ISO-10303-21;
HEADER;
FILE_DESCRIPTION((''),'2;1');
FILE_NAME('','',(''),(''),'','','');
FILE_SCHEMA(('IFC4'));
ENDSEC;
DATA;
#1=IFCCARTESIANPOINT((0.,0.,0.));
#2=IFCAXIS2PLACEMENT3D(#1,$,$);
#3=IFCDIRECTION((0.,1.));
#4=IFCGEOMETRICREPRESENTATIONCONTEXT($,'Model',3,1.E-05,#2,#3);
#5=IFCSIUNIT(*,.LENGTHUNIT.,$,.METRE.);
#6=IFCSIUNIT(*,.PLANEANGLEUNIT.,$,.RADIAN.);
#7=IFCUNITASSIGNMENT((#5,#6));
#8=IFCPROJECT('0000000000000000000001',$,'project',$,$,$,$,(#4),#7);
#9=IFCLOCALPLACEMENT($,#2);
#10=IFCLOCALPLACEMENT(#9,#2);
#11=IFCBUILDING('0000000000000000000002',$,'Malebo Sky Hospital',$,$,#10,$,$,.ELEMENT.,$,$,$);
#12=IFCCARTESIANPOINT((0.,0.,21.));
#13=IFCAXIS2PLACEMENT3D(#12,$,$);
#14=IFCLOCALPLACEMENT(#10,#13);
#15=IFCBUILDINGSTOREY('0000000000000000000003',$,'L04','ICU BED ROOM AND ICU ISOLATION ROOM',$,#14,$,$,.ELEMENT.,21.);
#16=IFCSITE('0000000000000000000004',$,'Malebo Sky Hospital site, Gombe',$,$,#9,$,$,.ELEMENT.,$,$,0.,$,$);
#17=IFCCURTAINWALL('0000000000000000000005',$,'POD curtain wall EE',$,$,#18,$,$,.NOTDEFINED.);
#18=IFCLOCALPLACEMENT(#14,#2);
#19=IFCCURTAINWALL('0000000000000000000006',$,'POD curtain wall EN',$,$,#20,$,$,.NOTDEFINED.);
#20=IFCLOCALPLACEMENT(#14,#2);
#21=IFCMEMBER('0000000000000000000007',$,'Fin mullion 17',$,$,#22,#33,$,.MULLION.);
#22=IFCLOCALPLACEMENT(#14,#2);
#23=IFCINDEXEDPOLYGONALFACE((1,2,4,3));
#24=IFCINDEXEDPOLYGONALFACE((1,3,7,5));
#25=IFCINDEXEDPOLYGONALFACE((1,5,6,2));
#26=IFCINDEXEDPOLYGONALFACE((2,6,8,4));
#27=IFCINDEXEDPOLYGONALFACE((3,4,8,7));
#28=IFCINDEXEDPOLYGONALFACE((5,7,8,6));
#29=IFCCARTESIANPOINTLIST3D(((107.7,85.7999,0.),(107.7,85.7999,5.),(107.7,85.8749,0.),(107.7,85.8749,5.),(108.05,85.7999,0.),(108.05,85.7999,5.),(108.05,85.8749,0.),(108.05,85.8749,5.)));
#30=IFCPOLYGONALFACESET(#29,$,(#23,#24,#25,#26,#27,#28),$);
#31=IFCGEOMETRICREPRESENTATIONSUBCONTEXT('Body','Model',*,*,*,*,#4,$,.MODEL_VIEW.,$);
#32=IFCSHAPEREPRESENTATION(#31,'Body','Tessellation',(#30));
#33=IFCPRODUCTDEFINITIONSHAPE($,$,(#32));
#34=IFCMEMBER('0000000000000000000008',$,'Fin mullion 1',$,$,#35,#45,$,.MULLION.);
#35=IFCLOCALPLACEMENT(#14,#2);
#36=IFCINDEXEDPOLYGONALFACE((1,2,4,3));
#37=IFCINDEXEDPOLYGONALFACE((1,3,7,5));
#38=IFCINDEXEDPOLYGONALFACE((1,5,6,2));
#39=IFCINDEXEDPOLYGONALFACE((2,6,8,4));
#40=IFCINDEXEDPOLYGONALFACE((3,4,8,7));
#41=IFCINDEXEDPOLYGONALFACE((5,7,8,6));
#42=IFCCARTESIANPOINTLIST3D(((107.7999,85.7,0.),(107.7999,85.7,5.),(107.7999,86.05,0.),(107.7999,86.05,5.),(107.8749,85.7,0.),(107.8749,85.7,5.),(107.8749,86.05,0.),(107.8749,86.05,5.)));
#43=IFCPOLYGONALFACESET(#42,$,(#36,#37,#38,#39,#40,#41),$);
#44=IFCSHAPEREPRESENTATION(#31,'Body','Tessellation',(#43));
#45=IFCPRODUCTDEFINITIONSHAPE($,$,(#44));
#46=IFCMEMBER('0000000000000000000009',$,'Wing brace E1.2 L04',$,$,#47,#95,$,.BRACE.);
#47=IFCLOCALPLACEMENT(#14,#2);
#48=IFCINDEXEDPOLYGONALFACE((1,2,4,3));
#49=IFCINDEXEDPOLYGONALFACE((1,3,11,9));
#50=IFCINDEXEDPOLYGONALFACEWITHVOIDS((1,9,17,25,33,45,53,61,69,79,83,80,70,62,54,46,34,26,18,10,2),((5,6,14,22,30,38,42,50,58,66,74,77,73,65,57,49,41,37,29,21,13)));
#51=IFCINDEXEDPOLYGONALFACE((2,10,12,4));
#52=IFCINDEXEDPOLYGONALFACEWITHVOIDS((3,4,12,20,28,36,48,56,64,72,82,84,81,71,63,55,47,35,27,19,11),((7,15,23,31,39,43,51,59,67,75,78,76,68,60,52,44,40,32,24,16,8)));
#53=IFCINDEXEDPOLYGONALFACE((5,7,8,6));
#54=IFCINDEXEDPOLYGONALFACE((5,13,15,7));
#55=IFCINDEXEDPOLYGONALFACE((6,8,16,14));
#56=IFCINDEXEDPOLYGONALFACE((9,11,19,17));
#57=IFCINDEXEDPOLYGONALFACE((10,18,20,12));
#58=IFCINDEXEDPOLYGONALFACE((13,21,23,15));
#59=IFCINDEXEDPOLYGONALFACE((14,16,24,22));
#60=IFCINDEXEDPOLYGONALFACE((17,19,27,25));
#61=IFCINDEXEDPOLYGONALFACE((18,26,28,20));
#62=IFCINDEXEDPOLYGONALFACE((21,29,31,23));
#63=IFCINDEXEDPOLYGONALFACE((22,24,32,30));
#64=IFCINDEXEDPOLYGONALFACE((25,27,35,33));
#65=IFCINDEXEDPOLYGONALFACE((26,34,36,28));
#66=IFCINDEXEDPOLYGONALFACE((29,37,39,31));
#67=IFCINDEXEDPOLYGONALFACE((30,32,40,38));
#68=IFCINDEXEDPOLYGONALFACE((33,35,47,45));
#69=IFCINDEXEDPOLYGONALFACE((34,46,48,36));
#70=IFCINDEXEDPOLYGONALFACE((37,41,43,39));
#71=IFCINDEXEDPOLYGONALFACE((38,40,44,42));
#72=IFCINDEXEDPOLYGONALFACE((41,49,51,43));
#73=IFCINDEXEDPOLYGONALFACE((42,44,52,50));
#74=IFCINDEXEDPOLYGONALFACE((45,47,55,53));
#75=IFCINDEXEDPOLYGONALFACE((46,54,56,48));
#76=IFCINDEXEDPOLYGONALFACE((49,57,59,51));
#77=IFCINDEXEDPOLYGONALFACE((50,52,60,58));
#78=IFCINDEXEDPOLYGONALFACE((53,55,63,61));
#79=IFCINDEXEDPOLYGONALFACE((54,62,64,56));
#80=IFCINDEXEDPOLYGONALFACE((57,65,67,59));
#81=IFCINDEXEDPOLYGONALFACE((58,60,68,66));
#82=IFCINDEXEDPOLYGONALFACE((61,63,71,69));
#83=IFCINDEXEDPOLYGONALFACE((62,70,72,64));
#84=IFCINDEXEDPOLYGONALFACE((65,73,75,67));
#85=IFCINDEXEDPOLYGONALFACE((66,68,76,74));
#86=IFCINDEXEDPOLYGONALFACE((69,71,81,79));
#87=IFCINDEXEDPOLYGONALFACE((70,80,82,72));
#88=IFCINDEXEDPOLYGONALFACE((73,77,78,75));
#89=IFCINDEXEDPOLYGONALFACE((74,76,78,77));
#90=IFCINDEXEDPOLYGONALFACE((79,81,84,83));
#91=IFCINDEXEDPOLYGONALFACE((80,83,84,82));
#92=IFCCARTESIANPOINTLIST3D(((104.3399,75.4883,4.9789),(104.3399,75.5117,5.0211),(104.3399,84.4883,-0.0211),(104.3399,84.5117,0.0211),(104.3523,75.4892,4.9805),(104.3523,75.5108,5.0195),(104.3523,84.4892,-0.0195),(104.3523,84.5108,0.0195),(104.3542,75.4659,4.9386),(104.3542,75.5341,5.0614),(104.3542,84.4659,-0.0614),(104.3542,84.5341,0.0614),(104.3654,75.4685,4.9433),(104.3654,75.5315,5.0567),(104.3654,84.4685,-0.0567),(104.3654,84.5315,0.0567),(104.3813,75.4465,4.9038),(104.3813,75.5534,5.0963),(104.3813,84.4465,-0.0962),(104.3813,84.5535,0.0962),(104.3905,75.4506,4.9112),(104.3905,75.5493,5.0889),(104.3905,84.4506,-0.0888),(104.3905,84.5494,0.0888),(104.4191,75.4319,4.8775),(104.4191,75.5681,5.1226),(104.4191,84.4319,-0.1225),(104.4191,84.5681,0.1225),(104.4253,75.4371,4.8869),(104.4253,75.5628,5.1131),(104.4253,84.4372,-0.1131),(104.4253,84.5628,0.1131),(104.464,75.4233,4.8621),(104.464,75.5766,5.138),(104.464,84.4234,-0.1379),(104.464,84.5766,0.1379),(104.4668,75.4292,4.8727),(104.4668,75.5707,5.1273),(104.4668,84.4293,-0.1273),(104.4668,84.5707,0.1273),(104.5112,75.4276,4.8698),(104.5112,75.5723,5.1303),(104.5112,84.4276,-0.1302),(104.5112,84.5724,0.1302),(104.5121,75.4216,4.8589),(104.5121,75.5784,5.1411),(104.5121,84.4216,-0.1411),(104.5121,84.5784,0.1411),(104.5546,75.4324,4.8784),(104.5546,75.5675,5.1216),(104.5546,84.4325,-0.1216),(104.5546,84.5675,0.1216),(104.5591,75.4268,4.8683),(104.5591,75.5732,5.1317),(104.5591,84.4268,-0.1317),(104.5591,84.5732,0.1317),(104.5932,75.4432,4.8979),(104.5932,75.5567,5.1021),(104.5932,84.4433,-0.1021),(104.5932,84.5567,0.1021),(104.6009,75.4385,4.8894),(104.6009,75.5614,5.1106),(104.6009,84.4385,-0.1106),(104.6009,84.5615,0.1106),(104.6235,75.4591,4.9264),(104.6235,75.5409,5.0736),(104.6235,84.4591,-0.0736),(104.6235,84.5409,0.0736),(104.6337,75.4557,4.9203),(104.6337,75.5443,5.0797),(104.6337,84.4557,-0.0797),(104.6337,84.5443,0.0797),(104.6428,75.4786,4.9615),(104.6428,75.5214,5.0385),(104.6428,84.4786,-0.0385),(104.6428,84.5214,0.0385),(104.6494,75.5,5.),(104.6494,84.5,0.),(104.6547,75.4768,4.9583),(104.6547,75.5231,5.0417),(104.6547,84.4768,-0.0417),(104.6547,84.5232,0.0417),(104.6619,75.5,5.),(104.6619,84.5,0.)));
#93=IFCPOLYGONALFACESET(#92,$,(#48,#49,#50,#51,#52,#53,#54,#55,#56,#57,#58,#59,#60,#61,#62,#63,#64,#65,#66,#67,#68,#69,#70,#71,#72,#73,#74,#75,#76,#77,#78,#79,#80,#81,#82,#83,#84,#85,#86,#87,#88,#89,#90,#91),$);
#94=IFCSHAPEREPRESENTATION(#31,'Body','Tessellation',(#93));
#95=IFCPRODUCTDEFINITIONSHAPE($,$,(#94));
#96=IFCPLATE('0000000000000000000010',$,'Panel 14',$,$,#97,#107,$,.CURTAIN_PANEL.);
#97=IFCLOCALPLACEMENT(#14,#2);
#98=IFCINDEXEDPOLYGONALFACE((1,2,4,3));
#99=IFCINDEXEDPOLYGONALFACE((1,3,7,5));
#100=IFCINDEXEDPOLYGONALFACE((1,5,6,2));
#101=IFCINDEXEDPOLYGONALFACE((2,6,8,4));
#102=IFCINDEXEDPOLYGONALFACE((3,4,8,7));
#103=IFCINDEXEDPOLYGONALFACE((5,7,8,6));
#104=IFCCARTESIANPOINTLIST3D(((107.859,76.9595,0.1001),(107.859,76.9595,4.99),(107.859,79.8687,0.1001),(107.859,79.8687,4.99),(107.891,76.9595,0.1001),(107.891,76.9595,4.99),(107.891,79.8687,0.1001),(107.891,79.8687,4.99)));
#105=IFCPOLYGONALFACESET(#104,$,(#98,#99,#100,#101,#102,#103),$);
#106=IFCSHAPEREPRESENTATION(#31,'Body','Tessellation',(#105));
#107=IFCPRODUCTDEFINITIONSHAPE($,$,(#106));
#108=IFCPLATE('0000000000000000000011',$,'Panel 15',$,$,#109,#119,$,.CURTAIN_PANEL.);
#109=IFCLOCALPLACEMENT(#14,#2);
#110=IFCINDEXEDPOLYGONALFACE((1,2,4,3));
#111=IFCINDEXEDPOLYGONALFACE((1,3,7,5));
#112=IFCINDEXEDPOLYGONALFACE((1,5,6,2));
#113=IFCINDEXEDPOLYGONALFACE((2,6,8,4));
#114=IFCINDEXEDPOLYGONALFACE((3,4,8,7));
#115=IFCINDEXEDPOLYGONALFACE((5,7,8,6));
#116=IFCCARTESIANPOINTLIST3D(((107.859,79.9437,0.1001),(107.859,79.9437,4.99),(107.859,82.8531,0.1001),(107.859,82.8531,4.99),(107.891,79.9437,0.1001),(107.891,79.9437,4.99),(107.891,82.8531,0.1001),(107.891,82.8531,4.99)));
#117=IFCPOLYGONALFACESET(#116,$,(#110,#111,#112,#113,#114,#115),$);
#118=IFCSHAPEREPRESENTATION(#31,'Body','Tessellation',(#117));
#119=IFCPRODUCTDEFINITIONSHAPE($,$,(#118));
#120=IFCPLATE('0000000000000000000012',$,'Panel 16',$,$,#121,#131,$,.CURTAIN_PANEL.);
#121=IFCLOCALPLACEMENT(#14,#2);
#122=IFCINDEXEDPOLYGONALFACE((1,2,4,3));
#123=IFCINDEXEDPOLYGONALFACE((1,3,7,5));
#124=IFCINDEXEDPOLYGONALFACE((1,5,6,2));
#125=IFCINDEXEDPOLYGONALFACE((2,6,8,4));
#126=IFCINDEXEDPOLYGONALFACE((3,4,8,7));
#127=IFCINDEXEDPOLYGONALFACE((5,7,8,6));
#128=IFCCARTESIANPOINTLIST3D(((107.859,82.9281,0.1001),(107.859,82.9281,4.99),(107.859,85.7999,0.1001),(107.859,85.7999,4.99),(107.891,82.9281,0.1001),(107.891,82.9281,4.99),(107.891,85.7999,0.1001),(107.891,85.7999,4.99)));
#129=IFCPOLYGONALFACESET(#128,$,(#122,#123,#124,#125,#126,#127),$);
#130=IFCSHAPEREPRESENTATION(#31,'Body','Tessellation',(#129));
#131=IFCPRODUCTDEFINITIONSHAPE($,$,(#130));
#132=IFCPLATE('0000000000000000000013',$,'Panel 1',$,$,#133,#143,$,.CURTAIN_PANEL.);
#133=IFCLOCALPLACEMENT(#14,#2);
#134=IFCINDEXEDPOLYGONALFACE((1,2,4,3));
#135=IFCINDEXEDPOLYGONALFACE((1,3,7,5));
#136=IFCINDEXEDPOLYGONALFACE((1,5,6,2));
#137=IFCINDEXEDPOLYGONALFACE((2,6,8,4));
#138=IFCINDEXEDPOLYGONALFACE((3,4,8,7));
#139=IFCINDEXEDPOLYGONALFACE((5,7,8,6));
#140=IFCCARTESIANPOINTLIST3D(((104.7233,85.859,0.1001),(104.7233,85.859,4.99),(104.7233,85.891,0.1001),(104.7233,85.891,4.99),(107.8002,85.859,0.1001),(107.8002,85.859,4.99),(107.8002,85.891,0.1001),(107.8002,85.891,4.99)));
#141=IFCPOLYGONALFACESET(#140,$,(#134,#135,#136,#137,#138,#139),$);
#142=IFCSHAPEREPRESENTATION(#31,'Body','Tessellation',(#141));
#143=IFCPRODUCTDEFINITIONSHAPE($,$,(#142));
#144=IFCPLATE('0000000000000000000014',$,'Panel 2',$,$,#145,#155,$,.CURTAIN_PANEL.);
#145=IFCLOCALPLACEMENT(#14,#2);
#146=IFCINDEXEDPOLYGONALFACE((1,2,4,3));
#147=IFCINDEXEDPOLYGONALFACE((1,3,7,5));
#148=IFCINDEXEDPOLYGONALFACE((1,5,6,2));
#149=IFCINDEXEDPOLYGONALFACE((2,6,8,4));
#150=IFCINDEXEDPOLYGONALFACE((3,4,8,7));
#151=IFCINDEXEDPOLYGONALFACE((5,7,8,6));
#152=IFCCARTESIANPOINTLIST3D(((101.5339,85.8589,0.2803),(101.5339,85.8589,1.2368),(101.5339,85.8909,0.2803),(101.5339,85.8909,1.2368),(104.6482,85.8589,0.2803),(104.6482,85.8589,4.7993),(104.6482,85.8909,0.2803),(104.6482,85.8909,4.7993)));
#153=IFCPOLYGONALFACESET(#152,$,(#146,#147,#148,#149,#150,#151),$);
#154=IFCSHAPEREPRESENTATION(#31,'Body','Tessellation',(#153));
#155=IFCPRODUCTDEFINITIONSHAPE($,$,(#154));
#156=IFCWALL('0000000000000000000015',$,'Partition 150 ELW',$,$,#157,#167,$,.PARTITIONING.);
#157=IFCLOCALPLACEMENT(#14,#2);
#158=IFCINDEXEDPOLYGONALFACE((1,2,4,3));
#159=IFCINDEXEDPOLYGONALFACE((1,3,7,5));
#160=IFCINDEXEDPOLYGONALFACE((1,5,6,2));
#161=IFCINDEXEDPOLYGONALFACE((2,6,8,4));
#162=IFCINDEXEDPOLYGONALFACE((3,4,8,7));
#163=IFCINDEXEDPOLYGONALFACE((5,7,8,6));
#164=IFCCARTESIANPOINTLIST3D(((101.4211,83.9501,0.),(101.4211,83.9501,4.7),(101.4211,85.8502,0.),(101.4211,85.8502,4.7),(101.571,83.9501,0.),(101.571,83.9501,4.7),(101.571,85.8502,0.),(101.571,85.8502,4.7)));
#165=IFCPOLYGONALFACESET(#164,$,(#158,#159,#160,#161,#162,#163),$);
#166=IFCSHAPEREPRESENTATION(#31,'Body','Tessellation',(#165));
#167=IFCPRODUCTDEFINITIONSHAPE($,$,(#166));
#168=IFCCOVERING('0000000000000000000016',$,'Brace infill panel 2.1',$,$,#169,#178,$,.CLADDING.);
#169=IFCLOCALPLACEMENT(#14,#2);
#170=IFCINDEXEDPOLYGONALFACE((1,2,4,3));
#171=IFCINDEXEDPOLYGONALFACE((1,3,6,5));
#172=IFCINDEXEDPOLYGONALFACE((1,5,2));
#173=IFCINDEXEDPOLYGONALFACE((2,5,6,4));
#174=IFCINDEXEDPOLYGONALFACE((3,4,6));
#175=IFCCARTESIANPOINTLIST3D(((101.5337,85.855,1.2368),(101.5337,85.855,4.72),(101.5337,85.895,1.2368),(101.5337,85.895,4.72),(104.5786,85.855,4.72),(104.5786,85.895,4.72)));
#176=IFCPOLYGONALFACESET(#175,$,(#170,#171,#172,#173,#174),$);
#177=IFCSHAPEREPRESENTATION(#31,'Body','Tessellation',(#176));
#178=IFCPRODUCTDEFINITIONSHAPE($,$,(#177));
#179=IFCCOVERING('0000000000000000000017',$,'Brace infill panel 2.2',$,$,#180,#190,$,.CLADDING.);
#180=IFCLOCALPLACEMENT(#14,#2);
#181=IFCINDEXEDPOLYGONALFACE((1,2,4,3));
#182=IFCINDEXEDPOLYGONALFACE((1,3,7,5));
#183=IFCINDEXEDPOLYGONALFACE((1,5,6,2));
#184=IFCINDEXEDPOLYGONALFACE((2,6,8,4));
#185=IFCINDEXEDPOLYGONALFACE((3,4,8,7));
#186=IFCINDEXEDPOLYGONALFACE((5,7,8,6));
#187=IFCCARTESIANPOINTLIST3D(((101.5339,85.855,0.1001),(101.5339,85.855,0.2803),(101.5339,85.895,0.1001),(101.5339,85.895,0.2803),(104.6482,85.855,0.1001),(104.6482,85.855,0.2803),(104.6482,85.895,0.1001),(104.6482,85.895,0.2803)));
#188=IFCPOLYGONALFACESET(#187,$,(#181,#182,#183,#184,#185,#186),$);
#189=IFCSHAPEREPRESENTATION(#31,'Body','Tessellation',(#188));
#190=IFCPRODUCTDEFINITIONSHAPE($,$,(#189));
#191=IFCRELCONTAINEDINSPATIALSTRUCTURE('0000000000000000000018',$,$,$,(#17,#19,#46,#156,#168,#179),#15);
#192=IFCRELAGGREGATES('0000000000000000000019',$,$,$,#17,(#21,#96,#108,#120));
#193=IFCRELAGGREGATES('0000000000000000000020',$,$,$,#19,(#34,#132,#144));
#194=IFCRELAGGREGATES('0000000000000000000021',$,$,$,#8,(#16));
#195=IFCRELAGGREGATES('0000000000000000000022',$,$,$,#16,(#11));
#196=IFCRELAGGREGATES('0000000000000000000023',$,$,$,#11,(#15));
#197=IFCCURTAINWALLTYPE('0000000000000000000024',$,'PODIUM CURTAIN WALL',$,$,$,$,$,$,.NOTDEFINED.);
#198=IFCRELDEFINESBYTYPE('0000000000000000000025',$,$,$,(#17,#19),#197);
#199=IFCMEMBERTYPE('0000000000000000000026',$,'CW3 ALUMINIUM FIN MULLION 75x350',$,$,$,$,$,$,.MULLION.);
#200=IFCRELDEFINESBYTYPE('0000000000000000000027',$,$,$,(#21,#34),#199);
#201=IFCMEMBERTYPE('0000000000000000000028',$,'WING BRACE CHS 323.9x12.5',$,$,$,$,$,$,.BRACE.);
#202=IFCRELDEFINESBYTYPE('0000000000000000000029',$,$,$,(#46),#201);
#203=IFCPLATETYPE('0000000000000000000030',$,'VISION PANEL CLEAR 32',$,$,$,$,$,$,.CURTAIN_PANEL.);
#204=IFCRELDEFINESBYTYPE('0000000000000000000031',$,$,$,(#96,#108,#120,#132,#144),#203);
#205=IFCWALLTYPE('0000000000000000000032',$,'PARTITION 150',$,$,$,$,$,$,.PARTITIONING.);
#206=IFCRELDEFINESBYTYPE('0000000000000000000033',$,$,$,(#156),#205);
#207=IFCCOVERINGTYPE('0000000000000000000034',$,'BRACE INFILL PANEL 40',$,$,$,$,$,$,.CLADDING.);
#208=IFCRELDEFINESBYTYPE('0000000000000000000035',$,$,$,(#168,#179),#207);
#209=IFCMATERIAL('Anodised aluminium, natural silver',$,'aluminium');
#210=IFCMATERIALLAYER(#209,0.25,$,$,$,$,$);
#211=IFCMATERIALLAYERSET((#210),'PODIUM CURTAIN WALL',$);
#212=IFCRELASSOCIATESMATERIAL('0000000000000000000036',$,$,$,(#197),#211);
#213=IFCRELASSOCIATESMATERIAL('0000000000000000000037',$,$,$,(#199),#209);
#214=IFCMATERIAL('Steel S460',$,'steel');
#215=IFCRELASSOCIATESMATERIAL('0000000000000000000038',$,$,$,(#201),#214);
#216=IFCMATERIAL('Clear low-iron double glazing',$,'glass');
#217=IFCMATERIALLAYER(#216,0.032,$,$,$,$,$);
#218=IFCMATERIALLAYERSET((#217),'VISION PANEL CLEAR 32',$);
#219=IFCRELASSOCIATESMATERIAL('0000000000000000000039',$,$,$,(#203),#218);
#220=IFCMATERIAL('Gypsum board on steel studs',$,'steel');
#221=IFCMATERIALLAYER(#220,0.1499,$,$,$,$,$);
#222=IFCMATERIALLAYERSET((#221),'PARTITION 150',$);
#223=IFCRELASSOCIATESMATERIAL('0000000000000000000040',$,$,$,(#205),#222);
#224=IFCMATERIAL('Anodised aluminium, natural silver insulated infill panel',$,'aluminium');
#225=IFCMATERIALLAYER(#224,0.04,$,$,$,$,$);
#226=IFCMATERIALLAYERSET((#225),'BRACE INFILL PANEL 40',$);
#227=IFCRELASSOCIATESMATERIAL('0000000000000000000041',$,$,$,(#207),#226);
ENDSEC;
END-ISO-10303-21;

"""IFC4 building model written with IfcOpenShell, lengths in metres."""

from ifc_helpers import new_model, si_unit, direction, frame, frame_2d, origin, origin_2d, place, context, subcontext, project, spatial, polyline, rectangle, hollow_circle, outline, extrude, material, layer, layer_set, material_profile, profile_set, type_object, element, aggregate, save


model = new_model("IFC4")

# Units and contexts
model_context = context("Model", 3, precision=1e-05, world=origin(), true_north=direction((0.0, 1.0)))
body_context = subcontext(model_context, "Body", "Model", "MODEL_VIEW")
ifc_project = project(units=[si_unit("LENGTHUNIT", "METRE"), si_unit("PLANEANGLEUNIT", "RADIAN")], contexts=[model_context])

# Site, building, storey
site_placement = place(None, origin())
site = spatial("IfcSite", under=ifc_project, at=site_placement, Name="Malebo Sky Hospital site, Gombe", CompositionType="ELEMENT", RefElevation=0.0)
building_placement = place(site_placement, origin())
building = spatial("IfcBuilding", under=site, at=building_placement, Name="Malebo Sky Hospital", CompositionType="ELEMENT")
storey_placement = place(building_placement, frame((0.0, 0.0, 21.0)))
storey = spatial("IfcBuildingStorey", under=building, at=storey_placement, Name="L04", Description="ICU BED ROOM AND ICU ISOLATION ROOM", CompositionType="ELEMENT", Elevation=21.0)

# Curtain walls
ifc_material_1 = material(Name="Anodised aluminium, natural silver", Category="aluminium")
ifc_layer_1 = layer(ifc_material_1, 0.25)
ifc_layer_set_1 = layer_set([ifc_layer_1], Name="PODIUM CURTAIN WALL")
curtain_wall_type = type_object("IfcCurtainWallType", Name="PODIUM CURTAIN WALL", PredefinedType="NOTDEFINED", material=ifc_layer_set_1)
curtain_wall_1_placement = place(storey_placement, origin())
curtain_wall_1 = element("IfcCurtainWall", 1, at=curtain_wall_1_placement, inside=storey, type_object=curtain_wall_type, Name="POD curtain wall EE", PredefinedType="NOTDEFINED")
curtain_wall_2_placement = place(storey_placement, origin())
curtain_wall_2 = element("IfcCurtainWall", 2, at=curtain_wall_2_placement, inside=storey, type_object=curtain_wall_type, Name="POD curtain wall EN", PredefinedType="NOTDEFINED")

# Members
ifc_material_profile_1 = material_profile(ifc_material_1, rectangle(XDim=0.075, YDim=0.3501, at=origin_2d()), Name="CW3 ALUMINIUM FIN MULLION 75x350")
ifc_profile_set_1 = profile_set([ifc_material_profile_1], Name="Anodised aluminium, natural silver")
member_type_1 = type_object("IfcMemberType", Name="CW3 ALUMINIUM FIN MULLION 75x350", PredefinedType="MULLION", material=ifc_profile_set_1)
member_1_placement = place(storey_placement, frame((107.875, 85.8374, 0.0), z_axis=(0.0, 0.0, 1.0), x_axis=(0.0, 1.0, 0.0)))
member_1 = element("IfcMember", 3, at=member_1_placement, type_object=member_type_1, Name="Fin mullion 17", PredefinedType="MULLION", context=body_context, shape_type="SweptSolid", body=[
    extrude(rectangle(XDim=0.075, YDim=0.3501, at=origin_2d()), origin(), (0.0, 0.0, 1.0), 5.0),
])
member_2_placement = place(storey_placement, frame((107.8374, 85.875, 0.0), z_axis=(0.0, 0.0, 1.0), x_axis=(-1.0, 0.0, 0.0)))
member_2 = element("IfcMember", 4, at=member_2_placement, type_object=member_type_1, Name="Fin mullion 1", PredefinedType="MULLION", context=body_context, shape_type="SweptSolid", body=[
    extrude(rectangle(XDim=0.075, YDim=0.3501, at=origin_2d()), origin(), (0.0, 0.0, 1.0), 5.0),
])
ifc_material_2 = material(Name="Steel S460", Category="steel")
ifc_material_profile_2 = material_profile(ifc_material_2, hollow_circle(Radius=0.1619, WallThickness=0.0125, at=origin_2d()), Name="CHS 323.9x12.5")
ifc_profile_set_2 = profile_set([ifc_material_profile_2], Name="Steel S460")
member_type_2 = type_object("IfcMemberType", Name="WING BRACE CHS 323.9x12.5", PredefinedType="BRACE", material=ifc_profile_set_2)
member_3_placement = place(storey_placement, frame((104.5, 84.5, 0.0), z_axis=(0.0, -0.874157, 0.485643), x_axis=(1.0, 0.0, 0.0)))
element("IfcMember", 5, at=member_3_placement, inside=storey, type_object=member_type_2, Name="Wing brace E1.2 L04", PredefinedType="BRACE", context=body_context, shape_type="SweptSolid", body=[
    extrude(hollow_circle(Radius=0.1619, WallThickness=0.0125, at=origin_2d()), origin(), (0.0, 0.0, 1.0), 10.2957),
])

# Plates
ifc_material_3 = material(Name="Clear low-iron double glazing", Category="glass")
ifc_layer_2 = layer(ifc_material_3, 0.032)
ifc_layer_set_2 = layer_set([ifc_layer_2], Name="VISION PANEL CLEAR 32")
plate_type = type_object("IfcPlateType", Name="VISION PANEL CLEAR 32", PredefinedType="CURTAIN_PANEL", material=ifc_layer_set_2)
plate_1_placement = place(storey_placement, frame((107.875, 78.4141, 0.1001), z_axis=(0.0, 0.0, 1.0), x_axis=(0.0, 1.0, 0.0)))
plate_1 = element("IfcPlate", 6, at=plate_1_placement, type_object=plate_type, Name="Panel 14", PredefinedType="CURTAIN_PANEL", context=body_context, shape_type="SweptSolid", body=[
    extrude(rectangle(XDim=2.9092, YDim=0.032, at=origin_2d()), origin(), (0.0, 0.0, 1.0), 4.8899),
])
plate_2_placement = place(storey_placement, frame((107.875, 81.3984, 0.1001), z_axis=(0.0, 0.0, 1.0), x_axis=(0.0, 1.0, 0.0)))
plate_2 = element("IfcPlate", 7, at=plate_2_placement, type_object=plate_type, Name="Panel 15", PredefinedType="CURTAIN_PANEL", context=body_context, shape_type="SweptSolid", body=[
    extrude(rectangle(XDim=2.9094, YDim=0.032, at=origin_2d()), origin(), (0.0, 0.0, 1.0), 4.8899),
])
plate_3_placement = place(storey_placement, frame((107.875, 84.364, 0.1001), z_axis=(0.0, 0.0, 1.0), x_axis=(0.0, 1.0, 0.0)))
plate_3 = element("IfcPlate", 8, at=plate_3_placement, type_object=plate_type, Name="Panel 16", PredefinedType="CURTAIN_PANEL", context=body_context, shape_type="SweptSolid", body=[
    extrude(rectangle(XDim=2.8718, YDim=0.032, at=origin_2d()), origin(), (0.0, 0.0, 1.0), 4.8899),
])
aggregate(curtain_wall_1, [member_1, plate_1, plate_2, plate_3])
plate_4_placement = place(storey_placement, frame((106.2617, 85.875, 0.1001), z_axis=(0.0, 0.0, 1.0), x_axis=(-1.0, 0.0, 0.0)))
plate_4 = element("IfcPlate", 9, at=plate_4_placement, type_object=plate_type, Name="Panel 1", PredefinedType="CURTAIN_PANEL", context=body_context, shape_type="SweptSolid", body=[
    extrude(rectangle(XDim=3.0769, YDim=0.032, at=origin_2d()), origin(), (0.0, 0.0, 1.0), 4.8899),
])
plate_5_placement = place(storey_placement, frame((103.0911, 85.875, 0.2803), z_axis=(0.0, 0.0, 1.0), x_axis=(-1.0, 0.0, 0.0)))
plate_5 = element("IfcPlate", 10, at=plate_5_placement, type_object=plate_type, Name="Panel 2", PredefinedType="CURTAIN_PANEL", context=body_context, shape_type="SweptSolid", body=[
    extrude(outline(polyline([(-1.5571, 0.0), (1.5571, 0.0), (1.5571, 0.9565), (-1.5571, 4.519), (-1.5571, 0.0)])), frame((0.0, 0.0161, 0.0), z_axis=(0.0, -1.0, 0.0), x_axis=(1.0, 0.0, 0.0)), (0.0, 0.0, 1.0), 0.032),
])
aggregate(curtain_wall_2, [member_2, plate_4, plate_5])

# Wall
ifc_material_4 = material(Name="Gypsum board on steel studs", Category="steel")
ifc_layer_3 = layer(ifc_material_4, 0.1499)
ifc_layer_set_3 = layer_set([ifc_layer_3], Name="PARTITION 150")
wall_type = type_object("IfcWallType", Name="PARTITION 150", PredefinedType="PARTITIONING", material=ifc_layer_set_3)
wall_placement = place(storey_placement, frame((101.4961, 83.95, 0.0), z_axis=(0.0, 0.0, 1.0), x_axis=(0.0, 1.0, 0.0)))
element("IfcWall", 11, at=wall_placement, inside=storey, type_object=wall_type, Name="Partition 150 ELW", PredefinedType="PARTITIONING", context=body_context, shape_type="SweptSolid", body=[
    extrude(rectangle(XDim=1.9001, YDim=0.1499, at=frame_2d((0.9502, 0.0))), origin(), (0.0, 0.0, 1.0), 4.7),
])

# Coverings
ifc_material_5 = material(Name="Anodised aluminium, natural silver insulated infill panel", Category="aluminium")
ifc_layer_4 = layer(ifc_material_5, 0.04)
ifc_layer_set_4 = layer_set([ifc_layer_4], Name="BRACE INFILL PANEL 40")
covering_type = type_object("IfcCoveringType", Name="BRACE INFILL PANEL 40", PredefinedType="CLADDING", material=ifc_layer_set_4)
covering_1_placement = place(storey_placement, frame((103.0562, 85.875, 1.2368), z_axis=(0.0, 0.0, 1.0), x_axis=(-1.0, 0.0, 0.0)))
element("IfcCovering", 12, at=covering_1_placement, inside=storey, type_object=covering_type, Name="Brace infill panel 2.1", PredefinedType="CLADDING", context=body_context, shape_type="SweptSolid", body=[
    extrude(outline(polyline([(1.5225, 0.0), (1.5225, 3.4832), (-1.5225, 3.4832), (1.5225, 0.0)])), frame((0.0, 0.02, 0.0), z_axis=(0.0, -1.0, 0.0), x_axis=(1.0, 0.0, 0.0)), (0.0, 0.0, 1.0), 0.04),
])
covering_2_placement = place(storey_placement, frame((103.0911, 85.875, 0.1001), z_axis=(0.0, 0.0, 1.0), x_axis=(-1.0, 0.0, 0.0)))
element("IfcCovering", 13, at=covering_2_placement, inside=storey, type_object=covering_type, Name="Brace infill panel 2.2", PredefinedType="CLADDING", context=body_context, shape_type="SweptSolid", body=[
    extrude(outline(polyline([(-1.5571, 0.0), (1.5571, 0.0), (1.5571, 0.1802), (-1.5571, 0.1802), (-1.5571, 0.0)])), frame((0.0, 0.02, 0.0), z_axis=(0.0, -1.0, 0.0), x_axis=(1.0, 0.0, 0.0)), (0.0, 0.0, 1.0), 0.04),
])

save(model, "model.ifc")
